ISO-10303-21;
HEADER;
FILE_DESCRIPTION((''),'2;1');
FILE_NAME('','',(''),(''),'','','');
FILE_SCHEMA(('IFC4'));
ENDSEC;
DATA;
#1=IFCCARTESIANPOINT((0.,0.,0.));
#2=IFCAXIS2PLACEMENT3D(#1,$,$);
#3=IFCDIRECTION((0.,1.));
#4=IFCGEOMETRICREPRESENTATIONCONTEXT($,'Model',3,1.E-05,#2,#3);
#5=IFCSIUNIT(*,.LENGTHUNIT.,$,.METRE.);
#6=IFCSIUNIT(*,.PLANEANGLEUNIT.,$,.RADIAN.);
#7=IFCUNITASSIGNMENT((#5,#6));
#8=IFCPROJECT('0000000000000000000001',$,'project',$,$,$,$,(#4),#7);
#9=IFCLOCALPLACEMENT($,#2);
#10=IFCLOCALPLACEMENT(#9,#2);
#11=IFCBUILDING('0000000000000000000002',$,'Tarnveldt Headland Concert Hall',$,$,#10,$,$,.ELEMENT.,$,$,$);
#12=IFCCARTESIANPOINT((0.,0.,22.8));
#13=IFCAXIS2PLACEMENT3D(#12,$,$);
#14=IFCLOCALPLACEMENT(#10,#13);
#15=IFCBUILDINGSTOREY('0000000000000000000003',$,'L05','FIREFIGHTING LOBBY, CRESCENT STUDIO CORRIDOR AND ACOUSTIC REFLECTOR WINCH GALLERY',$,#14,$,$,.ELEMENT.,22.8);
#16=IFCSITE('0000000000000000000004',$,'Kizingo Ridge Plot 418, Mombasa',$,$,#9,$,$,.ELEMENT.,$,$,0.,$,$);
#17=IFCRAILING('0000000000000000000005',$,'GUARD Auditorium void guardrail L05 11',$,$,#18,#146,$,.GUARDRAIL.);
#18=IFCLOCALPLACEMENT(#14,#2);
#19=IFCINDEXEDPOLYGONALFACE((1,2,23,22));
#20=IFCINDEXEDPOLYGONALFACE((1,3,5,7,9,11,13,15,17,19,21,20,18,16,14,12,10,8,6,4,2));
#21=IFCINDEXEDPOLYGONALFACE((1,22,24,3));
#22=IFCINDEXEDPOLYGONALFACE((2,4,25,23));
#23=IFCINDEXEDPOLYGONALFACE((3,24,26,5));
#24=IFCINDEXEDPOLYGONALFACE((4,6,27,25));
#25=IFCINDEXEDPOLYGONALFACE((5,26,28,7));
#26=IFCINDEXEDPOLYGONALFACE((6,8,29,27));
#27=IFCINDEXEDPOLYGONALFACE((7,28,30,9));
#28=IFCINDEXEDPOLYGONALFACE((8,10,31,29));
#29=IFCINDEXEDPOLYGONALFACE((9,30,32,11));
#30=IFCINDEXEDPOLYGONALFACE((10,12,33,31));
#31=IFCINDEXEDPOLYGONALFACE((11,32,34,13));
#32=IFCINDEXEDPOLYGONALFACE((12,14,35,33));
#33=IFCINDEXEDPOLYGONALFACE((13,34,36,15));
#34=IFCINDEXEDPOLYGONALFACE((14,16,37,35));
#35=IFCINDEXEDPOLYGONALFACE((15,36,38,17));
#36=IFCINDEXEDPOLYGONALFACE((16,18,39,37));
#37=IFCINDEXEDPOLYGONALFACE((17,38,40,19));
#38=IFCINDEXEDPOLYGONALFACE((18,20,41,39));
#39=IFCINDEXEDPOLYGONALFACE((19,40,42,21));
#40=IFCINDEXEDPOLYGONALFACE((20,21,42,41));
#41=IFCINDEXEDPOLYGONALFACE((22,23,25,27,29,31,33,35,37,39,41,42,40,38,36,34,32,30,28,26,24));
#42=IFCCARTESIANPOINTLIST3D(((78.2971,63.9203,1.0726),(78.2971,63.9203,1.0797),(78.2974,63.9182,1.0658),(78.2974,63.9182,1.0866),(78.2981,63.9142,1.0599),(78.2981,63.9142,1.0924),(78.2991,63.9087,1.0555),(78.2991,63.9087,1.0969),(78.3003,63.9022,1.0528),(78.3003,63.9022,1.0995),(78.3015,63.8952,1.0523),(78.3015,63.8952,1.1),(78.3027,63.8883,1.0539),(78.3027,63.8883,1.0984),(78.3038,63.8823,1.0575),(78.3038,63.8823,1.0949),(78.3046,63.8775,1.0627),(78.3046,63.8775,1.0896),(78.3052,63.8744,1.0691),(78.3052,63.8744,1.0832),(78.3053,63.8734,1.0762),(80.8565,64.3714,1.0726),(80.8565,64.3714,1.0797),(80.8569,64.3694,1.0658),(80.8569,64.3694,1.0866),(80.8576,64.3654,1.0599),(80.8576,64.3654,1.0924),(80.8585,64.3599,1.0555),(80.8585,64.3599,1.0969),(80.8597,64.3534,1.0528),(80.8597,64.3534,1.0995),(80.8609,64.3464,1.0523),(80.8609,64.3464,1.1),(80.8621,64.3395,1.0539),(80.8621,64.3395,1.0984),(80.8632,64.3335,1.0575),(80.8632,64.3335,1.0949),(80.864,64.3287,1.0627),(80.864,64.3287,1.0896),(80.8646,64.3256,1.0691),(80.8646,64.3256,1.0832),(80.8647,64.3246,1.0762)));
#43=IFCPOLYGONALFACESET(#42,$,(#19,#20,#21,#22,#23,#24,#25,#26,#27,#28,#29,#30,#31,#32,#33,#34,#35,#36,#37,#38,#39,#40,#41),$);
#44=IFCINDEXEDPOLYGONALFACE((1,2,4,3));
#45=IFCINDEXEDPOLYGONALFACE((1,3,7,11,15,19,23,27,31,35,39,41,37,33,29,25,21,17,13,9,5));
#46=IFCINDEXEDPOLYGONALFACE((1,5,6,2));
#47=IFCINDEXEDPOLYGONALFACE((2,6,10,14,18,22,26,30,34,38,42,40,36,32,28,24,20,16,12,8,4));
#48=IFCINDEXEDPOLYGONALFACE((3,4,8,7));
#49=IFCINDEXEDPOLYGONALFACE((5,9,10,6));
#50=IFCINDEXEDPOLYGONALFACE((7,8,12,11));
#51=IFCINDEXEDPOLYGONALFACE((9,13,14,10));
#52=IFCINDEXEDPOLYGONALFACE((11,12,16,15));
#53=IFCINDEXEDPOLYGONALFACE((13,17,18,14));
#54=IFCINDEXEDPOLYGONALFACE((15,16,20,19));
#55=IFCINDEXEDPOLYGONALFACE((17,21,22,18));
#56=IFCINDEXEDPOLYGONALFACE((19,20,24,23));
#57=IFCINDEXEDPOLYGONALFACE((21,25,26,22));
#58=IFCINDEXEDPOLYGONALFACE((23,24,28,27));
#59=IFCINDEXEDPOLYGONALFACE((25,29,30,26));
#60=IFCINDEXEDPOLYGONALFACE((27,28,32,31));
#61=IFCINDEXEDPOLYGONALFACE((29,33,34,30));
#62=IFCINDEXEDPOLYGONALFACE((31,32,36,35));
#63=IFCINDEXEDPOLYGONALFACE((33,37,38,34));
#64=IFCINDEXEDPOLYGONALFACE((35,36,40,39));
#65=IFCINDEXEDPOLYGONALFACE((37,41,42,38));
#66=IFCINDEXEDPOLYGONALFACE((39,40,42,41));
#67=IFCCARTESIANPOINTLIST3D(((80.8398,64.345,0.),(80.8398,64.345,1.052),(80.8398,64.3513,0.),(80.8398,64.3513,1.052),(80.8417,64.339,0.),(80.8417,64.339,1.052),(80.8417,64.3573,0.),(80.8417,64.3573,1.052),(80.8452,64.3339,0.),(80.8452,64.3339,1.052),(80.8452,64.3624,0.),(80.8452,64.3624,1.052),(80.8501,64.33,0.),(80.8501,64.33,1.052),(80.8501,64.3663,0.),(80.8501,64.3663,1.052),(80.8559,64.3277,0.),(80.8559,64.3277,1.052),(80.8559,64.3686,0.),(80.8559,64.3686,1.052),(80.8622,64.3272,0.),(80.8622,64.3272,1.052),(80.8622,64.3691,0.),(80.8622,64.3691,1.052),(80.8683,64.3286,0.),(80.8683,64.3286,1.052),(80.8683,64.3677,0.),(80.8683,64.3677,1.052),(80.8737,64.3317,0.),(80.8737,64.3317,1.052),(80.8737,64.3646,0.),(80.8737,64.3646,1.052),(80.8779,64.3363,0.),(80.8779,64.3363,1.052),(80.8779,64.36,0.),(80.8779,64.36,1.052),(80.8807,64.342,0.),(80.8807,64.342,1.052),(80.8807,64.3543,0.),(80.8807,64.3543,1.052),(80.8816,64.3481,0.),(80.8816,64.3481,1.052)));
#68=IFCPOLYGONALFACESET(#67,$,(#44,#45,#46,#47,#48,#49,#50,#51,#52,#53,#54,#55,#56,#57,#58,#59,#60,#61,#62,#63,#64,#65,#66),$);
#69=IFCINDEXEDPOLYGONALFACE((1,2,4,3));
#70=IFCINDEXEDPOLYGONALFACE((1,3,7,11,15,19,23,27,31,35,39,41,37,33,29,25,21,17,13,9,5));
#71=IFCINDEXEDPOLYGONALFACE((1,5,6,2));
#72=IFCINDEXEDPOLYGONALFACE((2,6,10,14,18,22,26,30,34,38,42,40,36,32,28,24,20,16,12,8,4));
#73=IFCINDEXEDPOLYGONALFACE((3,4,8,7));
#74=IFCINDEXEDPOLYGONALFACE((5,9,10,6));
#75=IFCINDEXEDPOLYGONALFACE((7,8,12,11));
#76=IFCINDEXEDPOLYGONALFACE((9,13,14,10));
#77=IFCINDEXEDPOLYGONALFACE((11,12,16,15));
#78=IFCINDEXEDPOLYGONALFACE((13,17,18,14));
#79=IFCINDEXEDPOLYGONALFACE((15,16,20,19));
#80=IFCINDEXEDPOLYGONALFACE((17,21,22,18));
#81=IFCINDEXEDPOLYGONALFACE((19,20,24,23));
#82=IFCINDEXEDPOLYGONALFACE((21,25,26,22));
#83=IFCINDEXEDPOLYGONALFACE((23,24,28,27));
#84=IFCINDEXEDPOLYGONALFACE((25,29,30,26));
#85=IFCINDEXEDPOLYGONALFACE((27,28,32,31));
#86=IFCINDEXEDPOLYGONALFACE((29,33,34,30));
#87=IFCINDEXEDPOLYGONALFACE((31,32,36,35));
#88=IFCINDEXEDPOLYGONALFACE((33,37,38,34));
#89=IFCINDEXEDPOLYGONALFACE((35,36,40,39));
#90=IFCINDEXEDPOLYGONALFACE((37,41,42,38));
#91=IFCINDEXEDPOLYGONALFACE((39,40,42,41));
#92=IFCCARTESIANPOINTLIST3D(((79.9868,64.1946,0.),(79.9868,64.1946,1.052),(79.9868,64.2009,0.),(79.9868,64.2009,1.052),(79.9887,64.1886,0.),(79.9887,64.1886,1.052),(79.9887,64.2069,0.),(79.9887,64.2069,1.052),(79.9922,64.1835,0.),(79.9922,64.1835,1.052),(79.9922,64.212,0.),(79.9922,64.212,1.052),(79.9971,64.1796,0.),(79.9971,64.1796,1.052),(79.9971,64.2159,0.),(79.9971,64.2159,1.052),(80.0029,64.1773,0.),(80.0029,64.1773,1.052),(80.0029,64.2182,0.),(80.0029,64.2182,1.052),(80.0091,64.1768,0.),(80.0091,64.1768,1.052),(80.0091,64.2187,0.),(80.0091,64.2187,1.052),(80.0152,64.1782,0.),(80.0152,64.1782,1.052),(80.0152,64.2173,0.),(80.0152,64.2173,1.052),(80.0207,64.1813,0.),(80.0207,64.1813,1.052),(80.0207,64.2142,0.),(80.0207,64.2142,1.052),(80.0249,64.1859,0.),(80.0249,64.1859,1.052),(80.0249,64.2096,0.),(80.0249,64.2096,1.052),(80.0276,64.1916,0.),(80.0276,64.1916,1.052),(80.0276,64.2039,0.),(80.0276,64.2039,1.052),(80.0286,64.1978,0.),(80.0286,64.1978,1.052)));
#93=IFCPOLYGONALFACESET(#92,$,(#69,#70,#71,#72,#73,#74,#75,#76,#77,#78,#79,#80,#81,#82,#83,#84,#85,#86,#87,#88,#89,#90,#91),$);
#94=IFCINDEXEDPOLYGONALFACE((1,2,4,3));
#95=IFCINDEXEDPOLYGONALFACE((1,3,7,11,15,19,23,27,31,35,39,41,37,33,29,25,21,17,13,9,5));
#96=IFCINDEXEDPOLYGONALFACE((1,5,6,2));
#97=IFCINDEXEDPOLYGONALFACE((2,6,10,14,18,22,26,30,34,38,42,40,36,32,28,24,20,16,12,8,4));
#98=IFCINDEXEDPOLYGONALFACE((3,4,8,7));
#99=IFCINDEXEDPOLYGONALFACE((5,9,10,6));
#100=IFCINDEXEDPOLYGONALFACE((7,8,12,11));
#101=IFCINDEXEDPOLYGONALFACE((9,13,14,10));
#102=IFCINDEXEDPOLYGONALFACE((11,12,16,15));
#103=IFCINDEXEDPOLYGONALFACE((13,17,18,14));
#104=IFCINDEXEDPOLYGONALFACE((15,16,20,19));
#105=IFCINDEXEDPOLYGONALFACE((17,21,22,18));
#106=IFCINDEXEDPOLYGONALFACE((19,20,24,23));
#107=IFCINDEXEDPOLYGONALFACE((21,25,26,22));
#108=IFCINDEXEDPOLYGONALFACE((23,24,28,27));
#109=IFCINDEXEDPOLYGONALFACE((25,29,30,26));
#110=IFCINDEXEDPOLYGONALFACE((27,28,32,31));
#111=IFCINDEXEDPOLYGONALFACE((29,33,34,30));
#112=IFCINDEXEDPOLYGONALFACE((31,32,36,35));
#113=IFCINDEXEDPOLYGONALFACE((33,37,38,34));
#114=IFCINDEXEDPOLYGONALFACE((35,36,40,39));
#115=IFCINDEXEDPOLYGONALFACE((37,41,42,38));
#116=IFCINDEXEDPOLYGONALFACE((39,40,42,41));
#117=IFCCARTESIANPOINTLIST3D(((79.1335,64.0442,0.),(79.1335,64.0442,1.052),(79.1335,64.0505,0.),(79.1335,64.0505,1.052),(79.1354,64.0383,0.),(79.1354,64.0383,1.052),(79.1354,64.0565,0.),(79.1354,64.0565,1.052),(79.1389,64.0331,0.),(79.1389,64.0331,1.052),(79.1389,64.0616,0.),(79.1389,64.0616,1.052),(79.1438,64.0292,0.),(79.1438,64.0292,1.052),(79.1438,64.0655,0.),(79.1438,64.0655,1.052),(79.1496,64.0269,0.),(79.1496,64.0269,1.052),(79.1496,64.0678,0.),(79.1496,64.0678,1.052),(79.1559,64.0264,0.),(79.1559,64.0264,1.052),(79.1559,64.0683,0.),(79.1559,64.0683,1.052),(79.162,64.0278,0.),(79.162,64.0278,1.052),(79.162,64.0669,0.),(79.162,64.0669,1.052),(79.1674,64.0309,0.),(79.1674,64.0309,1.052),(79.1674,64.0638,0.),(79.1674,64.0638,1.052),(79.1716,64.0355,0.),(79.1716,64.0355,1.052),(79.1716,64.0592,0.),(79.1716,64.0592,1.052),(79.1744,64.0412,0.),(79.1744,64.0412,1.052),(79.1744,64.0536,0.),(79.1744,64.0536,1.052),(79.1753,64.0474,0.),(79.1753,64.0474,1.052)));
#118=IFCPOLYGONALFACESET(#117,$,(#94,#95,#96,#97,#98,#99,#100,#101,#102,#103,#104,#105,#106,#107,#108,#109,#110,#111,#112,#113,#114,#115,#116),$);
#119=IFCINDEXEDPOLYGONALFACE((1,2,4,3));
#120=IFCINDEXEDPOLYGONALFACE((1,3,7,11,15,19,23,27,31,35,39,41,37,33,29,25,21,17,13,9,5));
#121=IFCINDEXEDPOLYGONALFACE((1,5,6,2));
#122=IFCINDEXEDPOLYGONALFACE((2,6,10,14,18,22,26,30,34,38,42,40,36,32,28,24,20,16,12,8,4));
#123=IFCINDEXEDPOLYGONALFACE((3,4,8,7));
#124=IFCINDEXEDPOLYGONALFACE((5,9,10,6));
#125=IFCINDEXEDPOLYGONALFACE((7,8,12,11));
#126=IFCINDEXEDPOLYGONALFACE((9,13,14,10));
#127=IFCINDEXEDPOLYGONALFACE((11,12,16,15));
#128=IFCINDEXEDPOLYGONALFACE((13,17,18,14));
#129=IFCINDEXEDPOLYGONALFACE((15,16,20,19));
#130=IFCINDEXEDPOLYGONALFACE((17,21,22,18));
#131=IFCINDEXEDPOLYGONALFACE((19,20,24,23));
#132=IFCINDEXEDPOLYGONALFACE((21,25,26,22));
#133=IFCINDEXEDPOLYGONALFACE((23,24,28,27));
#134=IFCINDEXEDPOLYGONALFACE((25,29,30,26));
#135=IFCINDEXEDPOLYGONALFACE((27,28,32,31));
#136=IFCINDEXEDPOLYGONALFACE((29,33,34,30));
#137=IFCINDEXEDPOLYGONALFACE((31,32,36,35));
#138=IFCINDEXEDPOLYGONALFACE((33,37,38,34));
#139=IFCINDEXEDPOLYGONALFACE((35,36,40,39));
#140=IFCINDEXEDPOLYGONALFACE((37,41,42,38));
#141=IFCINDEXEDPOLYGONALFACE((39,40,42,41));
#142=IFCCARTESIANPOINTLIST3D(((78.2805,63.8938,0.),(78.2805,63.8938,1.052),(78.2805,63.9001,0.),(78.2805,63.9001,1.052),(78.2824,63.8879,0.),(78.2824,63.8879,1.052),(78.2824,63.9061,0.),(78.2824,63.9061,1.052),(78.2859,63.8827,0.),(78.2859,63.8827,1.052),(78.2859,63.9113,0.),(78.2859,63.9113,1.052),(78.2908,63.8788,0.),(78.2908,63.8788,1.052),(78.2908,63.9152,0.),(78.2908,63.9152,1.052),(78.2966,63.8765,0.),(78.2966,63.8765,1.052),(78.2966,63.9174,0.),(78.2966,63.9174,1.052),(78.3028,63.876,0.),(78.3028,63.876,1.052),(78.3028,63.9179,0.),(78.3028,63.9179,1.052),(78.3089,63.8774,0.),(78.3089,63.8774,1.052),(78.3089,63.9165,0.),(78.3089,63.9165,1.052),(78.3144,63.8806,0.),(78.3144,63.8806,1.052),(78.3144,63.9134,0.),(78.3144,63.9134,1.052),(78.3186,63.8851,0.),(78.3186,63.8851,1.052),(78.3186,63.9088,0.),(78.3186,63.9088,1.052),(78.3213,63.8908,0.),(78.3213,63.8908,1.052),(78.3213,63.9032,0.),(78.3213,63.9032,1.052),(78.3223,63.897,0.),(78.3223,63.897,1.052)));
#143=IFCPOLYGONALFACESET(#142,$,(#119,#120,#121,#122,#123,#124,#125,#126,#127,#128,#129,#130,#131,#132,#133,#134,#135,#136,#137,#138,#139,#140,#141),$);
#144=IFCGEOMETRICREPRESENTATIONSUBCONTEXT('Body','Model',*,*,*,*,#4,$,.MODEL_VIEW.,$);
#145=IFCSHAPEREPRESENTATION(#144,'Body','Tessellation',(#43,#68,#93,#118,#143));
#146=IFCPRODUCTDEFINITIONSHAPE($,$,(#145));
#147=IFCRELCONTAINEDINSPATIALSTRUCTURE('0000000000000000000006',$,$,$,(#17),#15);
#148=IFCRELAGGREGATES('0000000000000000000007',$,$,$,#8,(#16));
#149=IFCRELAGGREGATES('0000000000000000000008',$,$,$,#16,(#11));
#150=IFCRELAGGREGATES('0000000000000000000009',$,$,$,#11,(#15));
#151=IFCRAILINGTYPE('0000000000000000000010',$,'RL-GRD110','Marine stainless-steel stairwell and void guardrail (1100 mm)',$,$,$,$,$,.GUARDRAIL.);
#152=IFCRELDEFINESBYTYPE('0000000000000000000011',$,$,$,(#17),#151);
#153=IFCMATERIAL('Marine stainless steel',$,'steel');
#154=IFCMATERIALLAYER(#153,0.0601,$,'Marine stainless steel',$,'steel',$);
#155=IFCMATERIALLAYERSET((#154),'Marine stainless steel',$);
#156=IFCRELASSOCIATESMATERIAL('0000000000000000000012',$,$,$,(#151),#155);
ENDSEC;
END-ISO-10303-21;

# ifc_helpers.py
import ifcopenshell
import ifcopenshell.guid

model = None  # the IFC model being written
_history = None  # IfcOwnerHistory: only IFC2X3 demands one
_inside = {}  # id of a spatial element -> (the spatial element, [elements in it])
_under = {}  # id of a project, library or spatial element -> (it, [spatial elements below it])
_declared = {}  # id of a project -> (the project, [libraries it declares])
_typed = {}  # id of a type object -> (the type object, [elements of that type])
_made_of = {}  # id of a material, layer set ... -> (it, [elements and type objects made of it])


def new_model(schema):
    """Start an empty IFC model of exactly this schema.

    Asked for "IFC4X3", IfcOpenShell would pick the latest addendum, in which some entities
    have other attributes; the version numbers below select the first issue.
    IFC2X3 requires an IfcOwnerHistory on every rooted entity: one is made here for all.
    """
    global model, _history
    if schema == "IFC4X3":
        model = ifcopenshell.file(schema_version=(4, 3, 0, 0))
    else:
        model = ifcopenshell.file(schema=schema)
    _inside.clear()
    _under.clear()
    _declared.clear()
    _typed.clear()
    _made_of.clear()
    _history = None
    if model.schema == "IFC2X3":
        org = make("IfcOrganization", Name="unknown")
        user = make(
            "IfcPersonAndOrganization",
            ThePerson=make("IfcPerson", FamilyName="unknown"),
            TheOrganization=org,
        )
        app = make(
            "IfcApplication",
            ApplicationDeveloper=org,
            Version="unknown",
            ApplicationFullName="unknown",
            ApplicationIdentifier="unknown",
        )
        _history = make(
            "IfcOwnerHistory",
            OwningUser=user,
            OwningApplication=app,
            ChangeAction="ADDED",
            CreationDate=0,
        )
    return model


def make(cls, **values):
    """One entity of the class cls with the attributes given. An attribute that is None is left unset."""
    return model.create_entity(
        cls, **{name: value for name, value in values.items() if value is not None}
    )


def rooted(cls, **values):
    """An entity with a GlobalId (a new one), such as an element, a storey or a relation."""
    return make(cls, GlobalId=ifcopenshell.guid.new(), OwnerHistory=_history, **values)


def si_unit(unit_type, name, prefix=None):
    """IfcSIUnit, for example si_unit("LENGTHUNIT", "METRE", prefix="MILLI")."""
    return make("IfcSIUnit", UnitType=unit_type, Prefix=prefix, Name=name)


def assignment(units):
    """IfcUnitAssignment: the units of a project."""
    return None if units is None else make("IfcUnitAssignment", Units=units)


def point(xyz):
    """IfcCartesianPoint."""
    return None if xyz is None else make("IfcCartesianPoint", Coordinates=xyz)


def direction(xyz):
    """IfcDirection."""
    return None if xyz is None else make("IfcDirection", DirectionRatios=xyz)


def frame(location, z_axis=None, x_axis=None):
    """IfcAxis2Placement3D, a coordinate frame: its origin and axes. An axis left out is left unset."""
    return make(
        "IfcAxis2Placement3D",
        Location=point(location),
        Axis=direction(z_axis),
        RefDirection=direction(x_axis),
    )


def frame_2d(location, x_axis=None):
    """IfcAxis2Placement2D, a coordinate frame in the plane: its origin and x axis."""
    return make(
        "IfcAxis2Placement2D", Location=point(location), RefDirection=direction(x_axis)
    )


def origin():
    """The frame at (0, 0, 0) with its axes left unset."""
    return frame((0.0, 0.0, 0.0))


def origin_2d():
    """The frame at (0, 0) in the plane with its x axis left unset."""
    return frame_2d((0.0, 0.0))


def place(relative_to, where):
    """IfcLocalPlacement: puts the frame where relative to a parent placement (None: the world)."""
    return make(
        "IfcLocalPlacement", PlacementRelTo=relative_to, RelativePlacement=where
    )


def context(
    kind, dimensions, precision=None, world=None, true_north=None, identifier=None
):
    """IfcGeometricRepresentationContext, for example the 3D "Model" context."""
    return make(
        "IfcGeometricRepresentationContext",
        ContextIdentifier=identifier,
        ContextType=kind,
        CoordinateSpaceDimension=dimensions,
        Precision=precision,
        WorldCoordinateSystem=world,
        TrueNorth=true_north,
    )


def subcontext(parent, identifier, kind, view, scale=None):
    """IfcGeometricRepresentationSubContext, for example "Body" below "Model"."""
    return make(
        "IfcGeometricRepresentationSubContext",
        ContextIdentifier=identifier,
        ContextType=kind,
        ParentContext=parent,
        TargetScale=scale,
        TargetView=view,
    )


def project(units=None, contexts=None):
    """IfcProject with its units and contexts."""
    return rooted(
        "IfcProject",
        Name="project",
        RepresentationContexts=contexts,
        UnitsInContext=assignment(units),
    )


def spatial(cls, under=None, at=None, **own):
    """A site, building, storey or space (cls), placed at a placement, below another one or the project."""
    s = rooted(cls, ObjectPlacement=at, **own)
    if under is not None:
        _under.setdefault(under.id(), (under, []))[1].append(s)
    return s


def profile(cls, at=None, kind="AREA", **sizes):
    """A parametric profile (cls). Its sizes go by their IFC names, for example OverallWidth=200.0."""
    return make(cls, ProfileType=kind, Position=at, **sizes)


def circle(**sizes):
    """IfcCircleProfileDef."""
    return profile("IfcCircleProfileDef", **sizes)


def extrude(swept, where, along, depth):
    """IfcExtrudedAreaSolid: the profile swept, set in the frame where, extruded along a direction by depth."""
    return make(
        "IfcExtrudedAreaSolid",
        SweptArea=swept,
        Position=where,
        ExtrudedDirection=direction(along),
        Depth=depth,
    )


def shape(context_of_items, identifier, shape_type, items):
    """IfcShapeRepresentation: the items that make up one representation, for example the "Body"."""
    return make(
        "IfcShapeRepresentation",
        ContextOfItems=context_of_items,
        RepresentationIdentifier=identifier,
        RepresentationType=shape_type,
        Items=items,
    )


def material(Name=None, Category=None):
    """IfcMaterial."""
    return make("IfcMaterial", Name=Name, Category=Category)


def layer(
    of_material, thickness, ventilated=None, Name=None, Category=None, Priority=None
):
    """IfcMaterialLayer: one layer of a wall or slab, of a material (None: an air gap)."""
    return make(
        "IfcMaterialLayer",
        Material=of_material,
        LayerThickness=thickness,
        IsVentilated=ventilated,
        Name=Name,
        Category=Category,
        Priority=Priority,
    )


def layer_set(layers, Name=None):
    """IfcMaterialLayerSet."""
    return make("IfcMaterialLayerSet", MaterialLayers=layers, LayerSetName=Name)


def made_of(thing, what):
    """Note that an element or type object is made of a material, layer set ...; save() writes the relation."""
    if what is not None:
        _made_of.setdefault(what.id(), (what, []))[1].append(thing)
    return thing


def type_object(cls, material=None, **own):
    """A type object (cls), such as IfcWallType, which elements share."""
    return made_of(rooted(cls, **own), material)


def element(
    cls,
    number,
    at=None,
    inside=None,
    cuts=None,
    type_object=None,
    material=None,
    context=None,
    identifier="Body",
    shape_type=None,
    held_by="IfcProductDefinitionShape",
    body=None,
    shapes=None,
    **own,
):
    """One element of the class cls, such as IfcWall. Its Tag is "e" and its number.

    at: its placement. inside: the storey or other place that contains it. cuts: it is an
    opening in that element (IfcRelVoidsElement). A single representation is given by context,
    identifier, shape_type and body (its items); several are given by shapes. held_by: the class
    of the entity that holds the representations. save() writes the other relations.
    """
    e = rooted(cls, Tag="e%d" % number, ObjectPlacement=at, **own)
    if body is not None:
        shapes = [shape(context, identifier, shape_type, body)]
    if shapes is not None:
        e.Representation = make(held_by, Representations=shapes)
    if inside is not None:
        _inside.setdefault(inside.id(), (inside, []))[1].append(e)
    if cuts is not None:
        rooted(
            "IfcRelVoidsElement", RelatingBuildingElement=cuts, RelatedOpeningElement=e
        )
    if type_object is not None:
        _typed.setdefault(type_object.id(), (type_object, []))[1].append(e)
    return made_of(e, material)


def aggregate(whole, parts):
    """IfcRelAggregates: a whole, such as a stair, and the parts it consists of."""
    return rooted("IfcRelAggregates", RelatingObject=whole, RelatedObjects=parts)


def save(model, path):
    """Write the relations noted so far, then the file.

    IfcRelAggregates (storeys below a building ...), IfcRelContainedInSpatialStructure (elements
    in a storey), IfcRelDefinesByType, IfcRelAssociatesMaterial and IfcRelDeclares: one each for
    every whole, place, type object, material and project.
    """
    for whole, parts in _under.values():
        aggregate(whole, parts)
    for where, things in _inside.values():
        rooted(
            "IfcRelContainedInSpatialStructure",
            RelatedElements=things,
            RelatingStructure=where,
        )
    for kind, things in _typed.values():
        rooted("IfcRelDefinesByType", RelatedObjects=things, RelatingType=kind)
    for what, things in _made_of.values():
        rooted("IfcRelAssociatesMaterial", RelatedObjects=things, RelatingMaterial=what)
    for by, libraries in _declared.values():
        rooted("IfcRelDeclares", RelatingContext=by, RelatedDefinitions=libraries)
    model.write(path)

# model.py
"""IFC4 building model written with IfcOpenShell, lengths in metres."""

from ifc_helpers import new_model, si_unit, direction, frame, origin, origin_2d, place, context, subcontext, project, spatial, circle, extrude, material, layer, layer_set, type_object, element, save


model = new_model("IFC4")

# Units and contexts
model_context = context("Model", 3, precision=1e-05, world=origin(), true_north=direction((0.0, 1.0)))
body_context = subcontext(model_context, "Body", "Model", "MODEL_VIEW")
ifc_project = project(units=[si_unit("LENGTHUNIT", "METRE"), si_unit("PLANEANGLEUNIT", "RADIAN")], contexts=[model_context])

# Site, building, storey
site_placement = place(None, origin())
site = spatial("IfcSite", under=ifc_project, at=site_placement, Name="Kizingo Ridge Plot 418, Mombasa", CompositionType="ELEMENT", RefElevation=0.0)
building_placement = place(site_placement, origin())
building = spatial("IfcBuilding", under=site, at=building_placement, Name="Tarnveldt Headland Concert Hall", CompositionType="ELEMENT")
storey_placement = place(building_placement, frame((0.0, 0.0, 22.8)))
storey = spatial("IfcBuildingStorey", under=building, at=storey_placement, Name="L05", Description="FIREFIGHTING LOBBY, CRESCENT STUDIO CORRIDOR AND ACOUSTIC REFLECTOR WINCH GALLERY", CompositionType="ELEMENT", Elevation=22.8)

# Railing
ifc_material_1 = material(Name="Marine stainless steel", Category="steel")
ifc_layer_1 = layer(ifc_material_1, 0.0601, Name="Marine stainless steel", Category="steel")
ifc_layer_set_1 = layer_set([ifc_layer_1], Name="Marine stainless steel")
railing_type = type_object("IfcRailingType", Name="RL-GRD110", Description="Marine stainless-steel stairwell and void guardrail (1100 mm)", PredefinedType="GUARDRAIL", material=ifc_layer_set_1)
railing_1_placement = place(storey_placement, frame((80.8606, 64.3481, 0.0)))
element("IfcRailing", 1, at=railing_1_placement, inside=storey, type_object=railing_type, Name="GUARD Auditorium void guardrail L05 11", PredefinedType="GUARDRAIL", context=body_context, shape_type="SweptSolid", body=[
    extrude(circle(Radius=0.0239, at=origin_2d()), frame((0.0, 0.0, 1.0762), z_axis=(-0.984815, -0.173608, 0.0), x_axis=(0.173608, -0.984815, 0.0)), (0.0, 0.0, 1.0), 2.5989),
    extrude(circle(Radius=0.021, at=origin_2d()), origin(), (0.0, 0.0, 1.0), 1.052),
    extrude(circle(Radius=0.021, at=origin_2d()), frame((-0.853, -0.1504, 0.0)), (0.0, 0.0, 1.0), 1.052),
    extrude(circle(Radius=0.021, at=origin_2d()), frame((-1.7063, -0.3008, 0.0)), (0.0, 0.0, 1.0), 1.052),
    extrude(circle(Radius=0.021, at=origin_2d()), frame((-2.5593, -0.4512, 0.0)), (0.0, 0.0, 1.0), 1.052),
])

save(model, "model.ifc")
